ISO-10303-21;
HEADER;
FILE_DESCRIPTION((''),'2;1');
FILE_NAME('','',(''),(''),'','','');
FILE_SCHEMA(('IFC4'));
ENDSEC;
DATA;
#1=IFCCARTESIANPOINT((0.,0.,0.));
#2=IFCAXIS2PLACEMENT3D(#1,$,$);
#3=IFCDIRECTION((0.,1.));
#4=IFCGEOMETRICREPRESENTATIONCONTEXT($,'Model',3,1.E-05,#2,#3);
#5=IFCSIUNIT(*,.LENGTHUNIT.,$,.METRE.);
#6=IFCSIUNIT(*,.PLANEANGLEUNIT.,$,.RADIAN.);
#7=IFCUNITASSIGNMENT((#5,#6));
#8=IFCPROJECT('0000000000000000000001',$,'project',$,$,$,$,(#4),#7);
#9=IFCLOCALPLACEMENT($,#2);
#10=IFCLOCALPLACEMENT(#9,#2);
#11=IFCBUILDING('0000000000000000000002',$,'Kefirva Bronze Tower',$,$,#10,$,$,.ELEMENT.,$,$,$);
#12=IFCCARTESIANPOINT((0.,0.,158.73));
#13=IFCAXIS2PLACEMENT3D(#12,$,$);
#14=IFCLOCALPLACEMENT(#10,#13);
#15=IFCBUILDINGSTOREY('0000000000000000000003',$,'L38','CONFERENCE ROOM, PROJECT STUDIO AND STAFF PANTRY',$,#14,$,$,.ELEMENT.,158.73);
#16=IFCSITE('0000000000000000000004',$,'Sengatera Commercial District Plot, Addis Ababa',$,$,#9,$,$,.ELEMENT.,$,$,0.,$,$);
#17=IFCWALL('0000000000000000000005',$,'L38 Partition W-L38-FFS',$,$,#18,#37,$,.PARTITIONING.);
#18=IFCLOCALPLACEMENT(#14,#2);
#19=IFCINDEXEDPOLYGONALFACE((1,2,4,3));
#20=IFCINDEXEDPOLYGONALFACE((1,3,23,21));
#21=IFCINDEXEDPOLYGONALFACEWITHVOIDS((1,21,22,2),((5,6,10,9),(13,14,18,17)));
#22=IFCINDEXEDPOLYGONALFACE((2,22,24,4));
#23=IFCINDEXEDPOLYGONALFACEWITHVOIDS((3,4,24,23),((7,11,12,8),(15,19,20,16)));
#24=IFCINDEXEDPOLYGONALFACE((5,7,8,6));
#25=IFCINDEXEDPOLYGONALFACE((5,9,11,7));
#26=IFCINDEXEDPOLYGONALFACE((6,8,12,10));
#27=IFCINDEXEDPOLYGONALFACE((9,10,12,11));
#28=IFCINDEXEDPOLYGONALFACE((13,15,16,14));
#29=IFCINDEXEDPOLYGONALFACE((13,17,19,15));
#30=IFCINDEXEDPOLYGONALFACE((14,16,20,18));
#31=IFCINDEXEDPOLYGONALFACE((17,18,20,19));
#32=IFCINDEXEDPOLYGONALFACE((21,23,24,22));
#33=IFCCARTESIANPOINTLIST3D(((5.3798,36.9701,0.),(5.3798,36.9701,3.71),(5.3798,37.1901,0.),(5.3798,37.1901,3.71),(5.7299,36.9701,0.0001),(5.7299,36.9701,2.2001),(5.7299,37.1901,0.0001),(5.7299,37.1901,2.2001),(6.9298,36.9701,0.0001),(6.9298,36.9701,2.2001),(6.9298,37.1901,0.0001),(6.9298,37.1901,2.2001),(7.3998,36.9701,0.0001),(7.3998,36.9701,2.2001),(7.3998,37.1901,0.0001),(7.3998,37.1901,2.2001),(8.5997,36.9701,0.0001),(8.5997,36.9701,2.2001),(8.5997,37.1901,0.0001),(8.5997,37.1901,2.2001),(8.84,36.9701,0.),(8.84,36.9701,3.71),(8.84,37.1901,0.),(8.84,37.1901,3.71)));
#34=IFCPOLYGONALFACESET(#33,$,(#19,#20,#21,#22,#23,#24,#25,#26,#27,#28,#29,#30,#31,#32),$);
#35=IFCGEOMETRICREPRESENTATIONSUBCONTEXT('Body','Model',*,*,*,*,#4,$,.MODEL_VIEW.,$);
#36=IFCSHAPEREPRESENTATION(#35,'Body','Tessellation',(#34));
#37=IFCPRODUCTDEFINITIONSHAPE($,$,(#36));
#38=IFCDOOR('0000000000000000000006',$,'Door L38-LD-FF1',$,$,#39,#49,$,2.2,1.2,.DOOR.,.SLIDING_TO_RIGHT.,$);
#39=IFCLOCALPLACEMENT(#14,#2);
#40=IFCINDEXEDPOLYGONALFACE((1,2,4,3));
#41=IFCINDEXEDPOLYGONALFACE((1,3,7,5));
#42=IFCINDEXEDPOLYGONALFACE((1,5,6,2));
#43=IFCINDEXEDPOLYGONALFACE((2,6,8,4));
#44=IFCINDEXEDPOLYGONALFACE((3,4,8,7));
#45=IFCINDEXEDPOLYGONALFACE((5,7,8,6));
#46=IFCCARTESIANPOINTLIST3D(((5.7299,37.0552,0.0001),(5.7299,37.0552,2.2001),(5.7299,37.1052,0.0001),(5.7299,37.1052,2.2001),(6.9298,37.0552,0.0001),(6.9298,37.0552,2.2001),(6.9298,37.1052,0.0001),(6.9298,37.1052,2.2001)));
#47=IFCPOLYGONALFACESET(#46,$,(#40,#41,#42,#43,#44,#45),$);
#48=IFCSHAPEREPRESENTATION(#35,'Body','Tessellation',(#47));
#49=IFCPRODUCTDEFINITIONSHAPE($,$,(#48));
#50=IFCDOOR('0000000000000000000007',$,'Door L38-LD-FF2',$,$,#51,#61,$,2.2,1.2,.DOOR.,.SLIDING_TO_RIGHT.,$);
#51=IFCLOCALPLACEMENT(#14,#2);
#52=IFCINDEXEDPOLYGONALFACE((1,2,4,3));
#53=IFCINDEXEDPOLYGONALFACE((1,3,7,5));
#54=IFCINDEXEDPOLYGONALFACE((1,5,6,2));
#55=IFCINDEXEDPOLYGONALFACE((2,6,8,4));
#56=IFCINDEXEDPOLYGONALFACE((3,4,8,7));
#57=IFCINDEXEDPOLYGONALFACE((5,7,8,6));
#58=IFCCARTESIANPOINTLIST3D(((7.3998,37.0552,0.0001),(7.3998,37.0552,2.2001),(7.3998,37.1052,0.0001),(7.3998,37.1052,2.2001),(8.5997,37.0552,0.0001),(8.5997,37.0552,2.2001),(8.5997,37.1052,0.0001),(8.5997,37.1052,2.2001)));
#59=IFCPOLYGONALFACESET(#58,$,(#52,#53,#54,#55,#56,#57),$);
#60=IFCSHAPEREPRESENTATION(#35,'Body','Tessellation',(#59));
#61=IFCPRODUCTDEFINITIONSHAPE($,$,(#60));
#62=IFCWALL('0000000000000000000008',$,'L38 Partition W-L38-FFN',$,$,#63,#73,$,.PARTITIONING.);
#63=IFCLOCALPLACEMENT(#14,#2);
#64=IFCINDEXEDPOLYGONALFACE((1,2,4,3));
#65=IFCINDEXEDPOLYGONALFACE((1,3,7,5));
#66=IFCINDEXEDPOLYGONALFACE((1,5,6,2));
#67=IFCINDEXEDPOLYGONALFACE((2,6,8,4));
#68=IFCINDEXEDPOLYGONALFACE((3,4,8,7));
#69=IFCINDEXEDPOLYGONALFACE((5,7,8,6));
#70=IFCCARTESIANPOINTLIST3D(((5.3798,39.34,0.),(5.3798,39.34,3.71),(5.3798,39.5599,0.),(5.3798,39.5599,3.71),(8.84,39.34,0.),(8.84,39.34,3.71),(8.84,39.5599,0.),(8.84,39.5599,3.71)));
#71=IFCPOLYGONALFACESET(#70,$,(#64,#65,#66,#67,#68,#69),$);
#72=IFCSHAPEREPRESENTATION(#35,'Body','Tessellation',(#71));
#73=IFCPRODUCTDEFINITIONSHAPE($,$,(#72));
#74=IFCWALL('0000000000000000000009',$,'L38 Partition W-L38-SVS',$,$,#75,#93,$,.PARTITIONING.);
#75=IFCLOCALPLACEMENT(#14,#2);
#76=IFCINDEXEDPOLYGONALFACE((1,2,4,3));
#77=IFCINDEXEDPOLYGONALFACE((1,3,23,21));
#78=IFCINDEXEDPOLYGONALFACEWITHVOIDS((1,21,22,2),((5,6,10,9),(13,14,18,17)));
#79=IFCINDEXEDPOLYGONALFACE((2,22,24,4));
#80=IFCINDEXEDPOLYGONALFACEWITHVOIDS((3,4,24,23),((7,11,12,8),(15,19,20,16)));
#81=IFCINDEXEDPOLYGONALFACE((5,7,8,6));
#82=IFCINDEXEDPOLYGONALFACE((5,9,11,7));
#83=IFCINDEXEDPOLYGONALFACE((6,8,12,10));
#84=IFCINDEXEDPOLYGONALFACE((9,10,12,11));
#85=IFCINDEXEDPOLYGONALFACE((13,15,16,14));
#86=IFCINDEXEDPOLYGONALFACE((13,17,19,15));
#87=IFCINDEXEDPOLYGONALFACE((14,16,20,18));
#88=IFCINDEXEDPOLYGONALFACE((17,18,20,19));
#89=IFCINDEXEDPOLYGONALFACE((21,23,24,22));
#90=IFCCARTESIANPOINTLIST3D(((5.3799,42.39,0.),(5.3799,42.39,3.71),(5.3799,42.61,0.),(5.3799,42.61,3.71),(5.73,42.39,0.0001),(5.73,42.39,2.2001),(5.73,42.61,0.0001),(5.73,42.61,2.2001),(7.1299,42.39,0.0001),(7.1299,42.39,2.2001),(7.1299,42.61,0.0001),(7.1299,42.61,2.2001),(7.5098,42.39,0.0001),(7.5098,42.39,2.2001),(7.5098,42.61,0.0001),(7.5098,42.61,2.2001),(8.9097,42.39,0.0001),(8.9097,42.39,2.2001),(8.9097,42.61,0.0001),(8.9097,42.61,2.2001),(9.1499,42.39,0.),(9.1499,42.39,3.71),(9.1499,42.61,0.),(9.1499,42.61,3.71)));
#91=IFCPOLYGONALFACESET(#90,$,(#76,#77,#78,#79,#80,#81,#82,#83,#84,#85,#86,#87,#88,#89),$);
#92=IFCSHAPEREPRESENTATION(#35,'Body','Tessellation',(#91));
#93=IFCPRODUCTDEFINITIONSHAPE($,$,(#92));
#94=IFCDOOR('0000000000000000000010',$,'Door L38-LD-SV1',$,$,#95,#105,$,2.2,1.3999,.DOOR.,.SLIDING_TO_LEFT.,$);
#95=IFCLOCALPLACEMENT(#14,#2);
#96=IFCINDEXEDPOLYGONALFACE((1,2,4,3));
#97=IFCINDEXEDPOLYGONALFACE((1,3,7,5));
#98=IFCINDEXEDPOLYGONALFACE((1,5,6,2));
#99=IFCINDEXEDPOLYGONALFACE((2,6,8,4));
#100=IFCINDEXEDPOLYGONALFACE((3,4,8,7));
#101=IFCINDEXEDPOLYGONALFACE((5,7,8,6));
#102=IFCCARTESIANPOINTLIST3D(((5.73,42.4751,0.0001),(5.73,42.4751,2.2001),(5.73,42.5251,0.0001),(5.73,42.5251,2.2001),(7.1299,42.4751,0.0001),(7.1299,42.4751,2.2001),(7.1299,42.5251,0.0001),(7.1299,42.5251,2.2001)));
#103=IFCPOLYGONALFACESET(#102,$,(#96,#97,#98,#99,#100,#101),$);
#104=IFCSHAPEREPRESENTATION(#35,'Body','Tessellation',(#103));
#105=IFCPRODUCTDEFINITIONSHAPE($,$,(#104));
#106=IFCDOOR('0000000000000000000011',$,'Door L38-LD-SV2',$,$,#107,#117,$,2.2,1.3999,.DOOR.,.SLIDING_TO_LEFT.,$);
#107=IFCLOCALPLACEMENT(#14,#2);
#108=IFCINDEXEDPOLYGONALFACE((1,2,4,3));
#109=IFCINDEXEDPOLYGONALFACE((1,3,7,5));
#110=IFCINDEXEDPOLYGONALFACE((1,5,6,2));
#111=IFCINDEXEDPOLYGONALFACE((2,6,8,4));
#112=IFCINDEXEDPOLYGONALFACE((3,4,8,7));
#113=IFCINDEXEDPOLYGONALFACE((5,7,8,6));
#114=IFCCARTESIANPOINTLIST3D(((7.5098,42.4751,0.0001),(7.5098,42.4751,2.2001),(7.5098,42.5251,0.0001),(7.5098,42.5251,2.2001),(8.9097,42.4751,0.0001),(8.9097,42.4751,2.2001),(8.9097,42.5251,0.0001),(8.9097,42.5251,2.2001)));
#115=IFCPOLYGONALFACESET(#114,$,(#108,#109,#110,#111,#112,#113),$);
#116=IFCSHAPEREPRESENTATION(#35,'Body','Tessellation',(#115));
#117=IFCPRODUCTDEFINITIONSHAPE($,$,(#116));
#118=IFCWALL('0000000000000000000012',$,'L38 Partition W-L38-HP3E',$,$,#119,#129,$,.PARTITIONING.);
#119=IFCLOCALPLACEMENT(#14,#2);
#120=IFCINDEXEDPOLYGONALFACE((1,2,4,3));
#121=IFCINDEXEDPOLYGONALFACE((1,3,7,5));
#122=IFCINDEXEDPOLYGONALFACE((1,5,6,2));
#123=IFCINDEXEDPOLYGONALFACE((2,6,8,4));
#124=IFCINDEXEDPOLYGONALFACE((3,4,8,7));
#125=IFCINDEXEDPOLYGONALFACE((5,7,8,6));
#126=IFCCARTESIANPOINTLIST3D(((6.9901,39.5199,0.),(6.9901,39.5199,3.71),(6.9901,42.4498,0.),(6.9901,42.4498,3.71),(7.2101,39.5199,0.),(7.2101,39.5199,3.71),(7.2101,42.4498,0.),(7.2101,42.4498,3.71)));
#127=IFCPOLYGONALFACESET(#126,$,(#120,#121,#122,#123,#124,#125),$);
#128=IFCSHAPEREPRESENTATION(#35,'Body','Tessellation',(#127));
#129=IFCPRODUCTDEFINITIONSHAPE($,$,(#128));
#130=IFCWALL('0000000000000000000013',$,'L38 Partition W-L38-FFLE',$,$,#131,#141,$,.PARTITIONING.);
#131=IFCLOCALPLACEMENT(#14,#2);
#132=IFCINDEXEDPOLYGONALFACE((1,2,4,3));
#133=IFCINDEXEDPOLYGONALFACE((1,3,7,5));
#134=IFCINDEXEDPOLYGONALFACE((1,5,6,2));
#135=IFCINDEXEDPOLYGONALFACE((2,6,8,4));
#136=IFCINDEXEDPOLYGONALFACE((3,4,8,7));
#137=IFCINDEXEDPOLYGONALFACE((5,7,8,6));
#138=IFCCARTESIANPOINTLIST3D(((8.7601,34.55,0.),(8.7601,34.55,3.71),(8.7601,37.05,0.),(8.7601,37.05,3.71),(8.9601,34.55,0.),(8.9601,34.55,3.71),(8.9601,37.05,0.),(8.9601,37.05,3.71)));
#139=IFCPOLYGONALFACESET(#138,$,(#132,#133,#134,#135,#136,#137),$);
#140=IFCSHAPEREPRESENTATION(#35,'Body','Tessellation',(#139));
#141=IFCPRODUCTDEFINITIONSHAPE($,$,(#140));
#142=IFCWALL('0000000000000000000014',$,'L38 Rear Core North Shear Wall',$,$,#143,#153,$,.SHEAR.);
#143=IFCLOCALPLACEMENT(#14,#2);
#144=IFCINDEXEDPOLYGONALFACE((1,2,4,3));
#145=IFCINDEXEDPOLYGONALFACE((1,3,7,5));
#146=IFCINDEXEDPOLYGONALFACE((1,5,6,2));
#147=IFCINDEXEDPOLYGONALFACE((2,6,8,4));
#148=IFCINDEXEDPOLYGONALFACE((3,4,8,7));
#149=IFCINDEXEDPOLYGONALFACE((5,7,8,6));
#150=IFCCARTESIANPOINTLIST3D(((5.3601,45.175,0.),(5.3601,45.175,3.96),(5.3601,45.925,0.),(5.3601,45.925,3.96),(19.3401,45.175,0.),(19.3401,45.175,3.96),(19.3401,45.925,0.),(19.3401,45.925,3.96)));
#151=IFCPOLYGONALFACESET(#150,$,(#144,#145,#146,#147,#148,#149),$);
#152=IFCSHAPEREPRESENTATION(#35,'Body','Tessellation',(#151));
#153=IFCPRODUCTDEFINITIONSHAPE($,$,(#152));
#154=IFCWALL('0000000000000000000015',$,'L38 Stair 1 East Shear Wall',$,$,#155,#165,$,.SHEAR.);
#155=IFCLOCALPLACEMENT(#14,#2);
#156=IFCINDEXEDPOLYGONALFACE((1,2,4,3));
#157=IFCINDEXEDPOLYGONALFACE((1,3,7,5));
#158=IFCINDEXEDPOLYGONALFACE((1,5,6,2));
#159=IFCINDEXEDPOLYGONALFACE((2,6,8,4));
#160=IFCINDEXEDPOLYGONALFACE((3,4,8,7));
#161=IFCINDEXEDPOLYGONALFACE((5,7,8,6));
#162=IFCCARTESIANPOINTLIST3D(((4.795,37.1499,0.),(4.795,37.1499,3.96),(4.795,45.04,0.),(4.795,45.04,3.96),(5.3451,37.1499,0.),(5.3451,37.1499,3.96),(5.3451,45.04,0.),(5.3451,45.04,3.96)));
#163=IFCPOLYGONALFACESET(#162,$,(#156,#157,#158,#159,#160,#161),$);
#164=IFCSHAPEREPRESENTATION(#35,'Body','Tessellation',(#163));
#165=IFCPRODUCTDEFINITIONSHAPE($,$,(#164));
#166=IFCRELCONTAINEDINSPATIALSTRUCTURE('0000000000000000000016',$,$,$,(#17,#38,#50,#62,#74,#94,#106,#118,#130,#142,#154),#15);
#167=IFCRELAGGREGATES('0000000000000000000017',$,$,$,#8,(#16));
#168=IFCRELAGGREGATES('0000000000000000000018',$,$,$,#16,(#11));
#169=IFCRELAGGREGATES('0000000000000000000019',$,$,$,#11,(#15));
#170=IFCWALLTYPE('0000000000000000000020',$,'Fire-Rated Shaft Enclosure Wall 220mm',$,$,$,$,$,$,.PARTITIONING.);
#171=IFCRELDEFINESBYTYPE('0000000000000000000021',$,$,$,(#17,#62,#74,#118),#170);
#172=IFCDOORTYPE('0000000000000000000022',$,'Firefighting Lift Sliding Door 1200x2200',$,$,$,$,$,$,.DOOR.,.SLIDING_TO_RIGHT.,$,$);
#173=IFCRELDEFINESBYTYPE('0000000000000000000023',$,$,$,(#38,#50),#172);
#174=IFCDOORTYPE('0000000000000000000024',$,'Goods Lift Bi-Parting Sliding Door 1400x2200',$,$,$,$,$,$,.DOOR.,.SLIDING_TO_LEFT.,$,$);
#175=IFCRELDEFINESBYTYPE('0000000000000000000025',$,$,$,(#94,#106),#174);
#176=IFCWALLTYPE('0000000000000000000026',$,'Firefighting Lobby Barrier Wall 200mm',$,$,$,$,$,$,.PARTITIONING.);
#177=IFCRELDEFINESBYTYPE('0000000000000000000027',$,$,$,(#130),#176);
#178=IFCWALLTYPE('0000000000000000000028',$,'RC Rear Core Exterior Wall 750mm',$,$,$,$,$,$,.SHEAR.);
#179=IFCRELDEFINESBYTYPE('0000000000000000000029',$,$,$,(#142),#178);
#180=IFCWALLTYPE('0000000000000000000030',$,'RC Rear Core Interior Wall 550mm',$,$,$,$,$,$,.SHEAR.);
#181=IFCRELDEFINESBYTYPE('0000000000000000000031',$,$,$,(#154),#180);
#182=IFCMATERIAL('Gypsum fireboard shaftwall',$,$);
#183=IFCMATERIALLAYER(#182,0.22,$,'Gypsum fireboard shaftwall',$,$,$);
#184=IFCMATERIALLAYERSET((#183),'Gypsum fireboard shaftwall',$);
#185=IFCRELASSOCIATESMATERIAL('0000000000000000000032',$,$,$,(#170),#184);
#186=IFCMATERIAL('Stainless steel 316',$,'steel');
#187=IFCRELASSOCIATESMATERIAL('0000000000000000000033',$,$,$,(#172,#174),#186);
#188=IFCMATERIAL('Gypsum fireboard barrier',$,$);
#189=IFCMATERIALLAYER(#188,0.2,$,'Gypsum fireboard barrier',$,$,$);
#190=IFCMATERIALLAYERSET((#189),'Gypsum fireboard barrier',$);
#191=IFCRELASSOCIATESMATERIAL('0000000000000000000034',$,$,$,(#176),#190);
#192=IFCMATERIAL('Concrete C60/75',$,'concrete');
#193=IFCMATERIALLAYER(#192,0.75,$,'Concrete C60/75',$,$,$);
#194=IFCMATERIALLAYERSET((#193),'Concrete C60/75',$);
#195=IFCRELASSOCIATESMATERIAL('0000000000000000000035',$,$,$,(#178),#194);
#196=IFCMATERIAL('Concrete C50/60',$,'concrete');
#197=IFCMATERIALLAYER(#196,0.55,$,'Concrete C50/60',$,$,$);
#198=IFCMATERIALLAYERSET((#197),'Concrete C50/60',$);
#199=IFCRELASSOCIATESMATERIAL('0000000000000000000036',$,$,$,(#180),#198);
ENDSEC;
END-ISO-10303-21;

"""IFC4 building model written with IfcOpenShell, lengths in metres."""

from ifc_helpers import new_model, si_unit, direction, frame, frame_2d, origin, place, context, subcontext, project, spatial, rectangle, extrude, material, layer, layer_set, type_object, element, fill, save


model = new_model("IFC4")

# Units and contexts
model_context = context("Model", 3, precision=1e-05, world=origin(), true_north=direction((0.0, 1.0)))
body_context = subcontext(model_context, "Body", "Model", "MODEL_VIEW")
ifc_project = project(units=[si_unit("LENGTHUNIT", "METRE"), si_unit("PLANEANGLEUNIT", "RADIAN")], contexts=[model_context])

# Site, building, storey
site_placement = place(None, origin())
site = spatial("IfcSite", under=ifc_project, at=site_placement, Name="Sengatera Commercial District Plot, Addis Ababa", CompositionType="ELEMENT", RefElevation=0.0)
building_placement = place(site_placement, origin())
building = spatial("IfcBuilding", under=site, at=building_placement, Name="Kefirva Bronze Tower", CompositionType="ELEMENT")
storey_placement = place(building_placement, frame((0.0, 0.0, 158.73)))
storey = spatial("IfcBuildingStorey", under=building, at=storey_placement, Name="L38", Description="CONFERENCE ROOM, PROJECT STUDIO AND STAFF PANTRY", CompositionType="ELEMENT", Elevation=158.73)

# Wall, openings, doors
ifc_material_1 = material(Name="Gypsum fireboard shaftwall")
ifc_layer_1 = layer(ifc_material_1, 0.22, Name="Gypsum fireboard shaftwall")
ifc_layer_set_1 = layer_set([ifc_layer_1], Name="Gypsum fireboard shaftwall")
wall_type_1 = type_object("IfcWallType", Name="Fire-Rated Shaft Enclosure Wall 220mm", PredefinedType="PARTITIONING", material=ifc_layer_set_1)
wall_1_placement = place(storey_placement, frame((5.3799, 37.0801, 0.0), z_axis=(0.0, 0.0, 1.0), x_axis=(1.0, 0.0, 0.0)))
wall_1 = element("IfcWall", 1, at=wall_1_placement, inside=storey, type_object=wall_type_1, Name="L38 Partition W-L38-FFS", PredefinedType="PARTITIONING", context=body_context, shape_type="SweptSolid", body=[
    extrude(rectangle(XDim=3.4602, YDim=0.22, at=frame_2d((1.73, 0.0))), origin(), (0.0, 0.0, 1.0), 3.71),
])
opening_1_placement = place(wall_1_placement, frame((1.55, 0.0, 0.0), z_axis=(0.0, 0.0, 1.0), x_axis=(-1.0, 0.0, 0.0)))
opening_1 = element("IfcOpeningElement", 2, at=opening_1_placement, cuts=wall_1, PredefinedType="OPENING", context=body_context, shape_type="SweptSolid", body=[
    extrude(rectangle(XDim=1.2, YDim=2.2, at=frame_2d((0.6001, 1.1001))), frame((0.0, 0.1201, 0.0), z_axis=(0.0, -1.0, 0.0), x_axis=(1.0, 0.0, 0.0)), (0.0, 0.0, 1.0), 0.24),
])
opening_2_placement = place(wall_1_placement, frame((3.22, 0.0, 0.0), z_axis=(0.0, 0.0, 1.0), x_axis=(-1.0, 0.0, 0.0)))
opening_2 = element("IfcOpeningElement", 3, at=opening_2_placement, cuts=wall_1, PredefinedType="OPENING", context=body_context, shape_type="SweptSolid", body=[
    extrude(rectangle(XDim=1.2, YDim=2.2, at=frame_2d((0.6001, 1.1001))), frame((0.0, 0.1201, 0.0), z_axis=(0.0, -1.0, 0.0), x_axis=(1.0, 0.0, 0.0)), (0.0, 0.0, 1.0), 0.24),
])
ifc_material_2 = material(Name="Stainless steel 316", Category="steel")
door_type_1 = type_object("IfcDoorType", Name="Firefighting Lift Sliding Door 1200x2200", OperationType="SLIDING_TO_RIGHT", PredefinedType="DOOR", material=ifc_material_2)
door_1_placement = place(opening_1_placement, origin())
door_1 = element("IfcDoor", 4, at=door_1_placement, inside=storey, type_object=door_type_1, Name="Door L38-LD-FF1", OperationType="SLIDING_TO_RIGHT", OverallHeight=2.2, OverallWidth=1.2, PredefinedType="DOOR", context=body_context, shape_type="SweptSolid", body=[
    extrude(rectangle(XDim=1.2, YDim=2.2, at=frame_2d((0.6001, 1.1001))), frame((0.0, 0.0249, 0.0), z_axis=(0.0, -1.0, 0.0), x_axis=(1.0, 0.0, 0.0)), (0.0, 0.0, 1.0), 0.05),
])
fill(opening_1, door_1)
door_2_placement = place(opening_2_placement, origin())
door_2 = element("IfcDoor", 5, at=door_2_placement, inside=storey, type_object=door_type_1, Name="Door L38-LD-FF2", OperationType="SLIDING_TO_RIGHT", OverallHeight=2.2, OverallWidth=1.2, PredefinedType="DOOR", context=body_context, shape_type="SweptSolid", body=[
    extrude(rectangle(XDim=1.2, YDim=2.2, at=frame_2d((0.6001, 1.1001))), frame((0.0, 0.0249, 0.0), z_axis=(0.0, -1.0, 0.0), x_axis=(1.0, 0.0, 0.0)), (0.0, 0.0, 1.0), 0.05),
])
fill(opening_2, door_2)

# Wall
wall_2_placement = place(storey_placement, frame((5.3799, 39.45, 0.0), z_axis=(0.0, 0.0, 1.0), x_axis=(1.0, 0.0, 0.0)))
element("IfcWall", 6, at=wall_2_placement, inside=storey, type_object=wall_type_1, Name="L38 Partition W-L38-FFN", PredefinedType="PARTITIONING", context=body_context, shape_type="SweptSolid", body=[
    extrude(rectangle(XDim=3.4602, YDim=0.22, at=frame_2d((1.73, 0.0))), origin(), (0.0, 0.0, 1.0), 3.71),
])

# Wall, openings, doors
wall_3_placement = place(storey_placement, frame((5.3799, 42.5, 0.0), z_axis=(0.0, 0.0, 1.0), x_axis=(1.0, 0.0, 0.0)))
wall_3 = element("IfcWall", 7, at=wall_3_placement, inside=storey, type_object=wall_type_1, Name="L38 Partition W-L38-SVS", PredefinedType="PARTITIONING", context=body_context, shape_type="SweptSolid", body=[
    extrude(rectangle(XDim=3.77, YDim=0.22, at=frame_2d((1.885, 0.0))), origin(), (0.0, 0.0, 1.0), 3.71),
])
opening_3_placement = place(wall_3_placement, frame((1.75, 0.0, 0.0), z_axis=(0.0, 0.0, 1.0), x_axis=(-1.0, 0.0, 0.0)))
opening_3 = element("IfcOpeningElement", 8, at=opening_3_placement, cuts=wall_3, PredefinedType="OPENING", context=body_context, shape_type="SweptSolid", body=[
    extrude(rectangle(XDim=1.3999, YDim=2.2, at=frame_2d((0.7, 1.1001))), frame((0.0, 0.1201, 0.0), z_axis=(0.0, -1.0, 0.0), x_axis=(1.0, 0.0, 0.0)), (0.0, 0.0, 1.0), 0.24),
])
opening_4_placement = place(wall_3_placement, frame((3.5298, 0.0, 0.0), z_axis=(0.0, 0.0, 1.0), x_axis=(-1.0, 0.0, 0.0)))
opening_4 = element("IfcOpeningElement", 9, at=opening_4_placement, cuts=wall_3, PredefinedType="OPENING", context=body_context, shape_type="SweptSolid", body=[
    extrude(rectangle(XDim=1.3999, YDim=2.2, at=frame_2d((0.7, 1.1001))), frame((0.0, 0.1201, 0.0), z_axis=(0.0, -1.0, 0.0), x_axis=(1.0, 0.0, 0.0)), (0.0, 0.0, 1.0), 0.24),
])
door_type_2 = type_object("IfcDoorType", Name="Goods Lift Bi-Parting Sliding Door 1400x2200", OperationType="SLIDING_TO_LEFT", PredefinedType="DOOR", material=ifc_material_2)
door_3_placement = place(opening_3_placement, origin())
door_3 = element("IfcDoor", 10, at=door_3_placement, inside=storey, type_object=door_type_2, Name="Door L38-LD-SV1", OperationType="SLIDING_TO_LEFT", OverallHeight=2.2, OverallWidth=1.3999, PredefinedType="DOOR", context=body_context, shape_type="SweptSolid", body=[
    extrude(rectangle(XDim=1.3999, YDim=2.2, at=frame_2d((0.7, 1.1001))), frame((0.0, 0.0249, 0.0), z_axis=(0.0, -1.0, 0.0), x_axis=(1.0, 0.0, 0.0)), (0.0, 0.0, 1.0), 0.05),
])
fill(opening_3, door_3)
door_4_placement = place(opening_4_placement, origin())
door_4 = element("IfcDoor", 11, at=door_4_placement, inside=storey, type_object=door_type_2, Name="Door L38-LD-SV2", OperationType="SLIDING_TO_LEFT", OverallHeight=2.2, OverallWidth=1.3999, PredefinedType="DOOR", context=body_context, shape_type="SweptSolid", body=[
    extrude(rectangle(XDim=1.3999, YDim=2.2, at=frame_2d((0.7, 1.1001))), frame((0.0, 0.0249, 0.0), z_axis=(0.0, -1.0, 0.0), x_axis=(1.0, 0.0, 0.0)), (0.0, 0.0, 1.0), 0.05),
])
fill(opening_4, door_4)

# Walls
wall_4_placement = place(storey_placement, frame((7.1001, 39.52, 0.0), z_axis=(0.0, 0.0, 1.0), x_axis=(0.0, 1.0, 0.0)))
element("IfcWall", 12, at=wall_4_placement, inside=storey, type_object=wall_type_1, Name="L38 Partition W-L38-HP3E", PredefinedType="PARTITIONING", context=body_context, shape_type="SweptSolid", body=[
    extrude(rectangle(XDim=2.9299, YDim=0.22, at=frame_2d((1.4648, 0.0))), origin(), (0.0, 0.0, 1.0), 3.71),
])
ifc_material_3 = material(Name="Gypsum fireboard barrier")
ifc_layer_2 = layer(ifc_material_3, 0.2, Name="Gypsum fireboard barrier")
ifc_layer_set_2 = layer_set([ifc_layer_2], Name="Gypsum fireboard barrier")
wall_type_2 = type_object("IfcWallType", Name="Firefighting Lobby Barrier Wall 200mm", PredefinedType="PARTITIONING", material=ifc_layer_set_2)
wall_5_placement = place(storey_placement, frame((8.8601, 34.55, 0.0), z_axis=(0.0, 0.0, 1.0), x_axis=(0.0, 1.0, 0.0)))
element("IfcWall", 13, at=wall_5_placement, inside=storey, type_object=wall_type_2, Name="L38 Partition W-L38-FFLE", PredefinedType="PARTITIONING", context=body_context, shape_type="SweptSolid", body=[
    extrude(rectangle(XDim=2.5, YDim=0.2, at=frame_2d((1.25, 0.0))), origin(), (0.0, 0.0, 1.0), 3.71),
])

# Walls
ifc_material_4 = material(Name="Concrete C60/75", Category="concrete")
ifc_layer_3 = layer(ifc_material_4, 0.75, Name="Concrete C60/75")
ifc_layer_set_3 = layer_set([ifc_layer_3], Name="Concrete C60/75")
wall_type_3 = type_object("IfcWallType", Name="RC Rear Core Exterior Wall 750mm", PredefinedType="SHEAR", material=ifc_layer_set_3)
wall_6_placement = place(storey_placement, frame((5.3601, 45.55, 0.0), z_axis=(0.0, 0.0, 1.0), x_axis=(1.0, 0.0, 0.0)))
element("IfcWall", 14, at=wall_6_placement, inside=storey, type_object=wall_type_3, Name="L38 Rear Core North Shear Wall", PredefinedType="SHEAR", context=body_context, shape_type="SweptSolid", body=[
    extrude(rectangle(XDim=13.98, YDim=0.75, at=frame_2d((6.99, 0.0))), origin(), (0.0, 0.0, 1.0), 3.96),
])
ifc_material_5 = material(Name="Concrete C50/60", Category="concrete")
ifc_layer_4 = layer(ifc_material_5, 0.55, Name="Concrete C50/60")
ifc_layer_set_4 = layer_set([ifc_layer_4], Name="Concrete C50/60")
wall_type_4 = type_object("IfcWallType", Name="RC Rear Core Interior Wall 550mm", PredefinedType="SHEAR", material=ifc_layer_set_4)
wall_7_placement = place(storey_placement, frame((5.0701, 37.1499, 0.0), z_axis=(0.0, 0.0, 1.0), x_axis=(0.0, 1.0, 0.0)))
element("IfcWall", 15, at=wall_7_placement, inside=storey, type_object=wall_type_4, Name="L38 Stair 1 East Shear Wall", PredefinedType="SHEAR", context=body_context, shape_type="SweptSolid", body=[
    extrude(rectangle(XDim=7.8901, YDim=0.55, at=frame_2d((3.9451, 0.0))), origin(), (0.0, 0.0, 1.0), 3.96),
])

save(model, "model.ifc")
